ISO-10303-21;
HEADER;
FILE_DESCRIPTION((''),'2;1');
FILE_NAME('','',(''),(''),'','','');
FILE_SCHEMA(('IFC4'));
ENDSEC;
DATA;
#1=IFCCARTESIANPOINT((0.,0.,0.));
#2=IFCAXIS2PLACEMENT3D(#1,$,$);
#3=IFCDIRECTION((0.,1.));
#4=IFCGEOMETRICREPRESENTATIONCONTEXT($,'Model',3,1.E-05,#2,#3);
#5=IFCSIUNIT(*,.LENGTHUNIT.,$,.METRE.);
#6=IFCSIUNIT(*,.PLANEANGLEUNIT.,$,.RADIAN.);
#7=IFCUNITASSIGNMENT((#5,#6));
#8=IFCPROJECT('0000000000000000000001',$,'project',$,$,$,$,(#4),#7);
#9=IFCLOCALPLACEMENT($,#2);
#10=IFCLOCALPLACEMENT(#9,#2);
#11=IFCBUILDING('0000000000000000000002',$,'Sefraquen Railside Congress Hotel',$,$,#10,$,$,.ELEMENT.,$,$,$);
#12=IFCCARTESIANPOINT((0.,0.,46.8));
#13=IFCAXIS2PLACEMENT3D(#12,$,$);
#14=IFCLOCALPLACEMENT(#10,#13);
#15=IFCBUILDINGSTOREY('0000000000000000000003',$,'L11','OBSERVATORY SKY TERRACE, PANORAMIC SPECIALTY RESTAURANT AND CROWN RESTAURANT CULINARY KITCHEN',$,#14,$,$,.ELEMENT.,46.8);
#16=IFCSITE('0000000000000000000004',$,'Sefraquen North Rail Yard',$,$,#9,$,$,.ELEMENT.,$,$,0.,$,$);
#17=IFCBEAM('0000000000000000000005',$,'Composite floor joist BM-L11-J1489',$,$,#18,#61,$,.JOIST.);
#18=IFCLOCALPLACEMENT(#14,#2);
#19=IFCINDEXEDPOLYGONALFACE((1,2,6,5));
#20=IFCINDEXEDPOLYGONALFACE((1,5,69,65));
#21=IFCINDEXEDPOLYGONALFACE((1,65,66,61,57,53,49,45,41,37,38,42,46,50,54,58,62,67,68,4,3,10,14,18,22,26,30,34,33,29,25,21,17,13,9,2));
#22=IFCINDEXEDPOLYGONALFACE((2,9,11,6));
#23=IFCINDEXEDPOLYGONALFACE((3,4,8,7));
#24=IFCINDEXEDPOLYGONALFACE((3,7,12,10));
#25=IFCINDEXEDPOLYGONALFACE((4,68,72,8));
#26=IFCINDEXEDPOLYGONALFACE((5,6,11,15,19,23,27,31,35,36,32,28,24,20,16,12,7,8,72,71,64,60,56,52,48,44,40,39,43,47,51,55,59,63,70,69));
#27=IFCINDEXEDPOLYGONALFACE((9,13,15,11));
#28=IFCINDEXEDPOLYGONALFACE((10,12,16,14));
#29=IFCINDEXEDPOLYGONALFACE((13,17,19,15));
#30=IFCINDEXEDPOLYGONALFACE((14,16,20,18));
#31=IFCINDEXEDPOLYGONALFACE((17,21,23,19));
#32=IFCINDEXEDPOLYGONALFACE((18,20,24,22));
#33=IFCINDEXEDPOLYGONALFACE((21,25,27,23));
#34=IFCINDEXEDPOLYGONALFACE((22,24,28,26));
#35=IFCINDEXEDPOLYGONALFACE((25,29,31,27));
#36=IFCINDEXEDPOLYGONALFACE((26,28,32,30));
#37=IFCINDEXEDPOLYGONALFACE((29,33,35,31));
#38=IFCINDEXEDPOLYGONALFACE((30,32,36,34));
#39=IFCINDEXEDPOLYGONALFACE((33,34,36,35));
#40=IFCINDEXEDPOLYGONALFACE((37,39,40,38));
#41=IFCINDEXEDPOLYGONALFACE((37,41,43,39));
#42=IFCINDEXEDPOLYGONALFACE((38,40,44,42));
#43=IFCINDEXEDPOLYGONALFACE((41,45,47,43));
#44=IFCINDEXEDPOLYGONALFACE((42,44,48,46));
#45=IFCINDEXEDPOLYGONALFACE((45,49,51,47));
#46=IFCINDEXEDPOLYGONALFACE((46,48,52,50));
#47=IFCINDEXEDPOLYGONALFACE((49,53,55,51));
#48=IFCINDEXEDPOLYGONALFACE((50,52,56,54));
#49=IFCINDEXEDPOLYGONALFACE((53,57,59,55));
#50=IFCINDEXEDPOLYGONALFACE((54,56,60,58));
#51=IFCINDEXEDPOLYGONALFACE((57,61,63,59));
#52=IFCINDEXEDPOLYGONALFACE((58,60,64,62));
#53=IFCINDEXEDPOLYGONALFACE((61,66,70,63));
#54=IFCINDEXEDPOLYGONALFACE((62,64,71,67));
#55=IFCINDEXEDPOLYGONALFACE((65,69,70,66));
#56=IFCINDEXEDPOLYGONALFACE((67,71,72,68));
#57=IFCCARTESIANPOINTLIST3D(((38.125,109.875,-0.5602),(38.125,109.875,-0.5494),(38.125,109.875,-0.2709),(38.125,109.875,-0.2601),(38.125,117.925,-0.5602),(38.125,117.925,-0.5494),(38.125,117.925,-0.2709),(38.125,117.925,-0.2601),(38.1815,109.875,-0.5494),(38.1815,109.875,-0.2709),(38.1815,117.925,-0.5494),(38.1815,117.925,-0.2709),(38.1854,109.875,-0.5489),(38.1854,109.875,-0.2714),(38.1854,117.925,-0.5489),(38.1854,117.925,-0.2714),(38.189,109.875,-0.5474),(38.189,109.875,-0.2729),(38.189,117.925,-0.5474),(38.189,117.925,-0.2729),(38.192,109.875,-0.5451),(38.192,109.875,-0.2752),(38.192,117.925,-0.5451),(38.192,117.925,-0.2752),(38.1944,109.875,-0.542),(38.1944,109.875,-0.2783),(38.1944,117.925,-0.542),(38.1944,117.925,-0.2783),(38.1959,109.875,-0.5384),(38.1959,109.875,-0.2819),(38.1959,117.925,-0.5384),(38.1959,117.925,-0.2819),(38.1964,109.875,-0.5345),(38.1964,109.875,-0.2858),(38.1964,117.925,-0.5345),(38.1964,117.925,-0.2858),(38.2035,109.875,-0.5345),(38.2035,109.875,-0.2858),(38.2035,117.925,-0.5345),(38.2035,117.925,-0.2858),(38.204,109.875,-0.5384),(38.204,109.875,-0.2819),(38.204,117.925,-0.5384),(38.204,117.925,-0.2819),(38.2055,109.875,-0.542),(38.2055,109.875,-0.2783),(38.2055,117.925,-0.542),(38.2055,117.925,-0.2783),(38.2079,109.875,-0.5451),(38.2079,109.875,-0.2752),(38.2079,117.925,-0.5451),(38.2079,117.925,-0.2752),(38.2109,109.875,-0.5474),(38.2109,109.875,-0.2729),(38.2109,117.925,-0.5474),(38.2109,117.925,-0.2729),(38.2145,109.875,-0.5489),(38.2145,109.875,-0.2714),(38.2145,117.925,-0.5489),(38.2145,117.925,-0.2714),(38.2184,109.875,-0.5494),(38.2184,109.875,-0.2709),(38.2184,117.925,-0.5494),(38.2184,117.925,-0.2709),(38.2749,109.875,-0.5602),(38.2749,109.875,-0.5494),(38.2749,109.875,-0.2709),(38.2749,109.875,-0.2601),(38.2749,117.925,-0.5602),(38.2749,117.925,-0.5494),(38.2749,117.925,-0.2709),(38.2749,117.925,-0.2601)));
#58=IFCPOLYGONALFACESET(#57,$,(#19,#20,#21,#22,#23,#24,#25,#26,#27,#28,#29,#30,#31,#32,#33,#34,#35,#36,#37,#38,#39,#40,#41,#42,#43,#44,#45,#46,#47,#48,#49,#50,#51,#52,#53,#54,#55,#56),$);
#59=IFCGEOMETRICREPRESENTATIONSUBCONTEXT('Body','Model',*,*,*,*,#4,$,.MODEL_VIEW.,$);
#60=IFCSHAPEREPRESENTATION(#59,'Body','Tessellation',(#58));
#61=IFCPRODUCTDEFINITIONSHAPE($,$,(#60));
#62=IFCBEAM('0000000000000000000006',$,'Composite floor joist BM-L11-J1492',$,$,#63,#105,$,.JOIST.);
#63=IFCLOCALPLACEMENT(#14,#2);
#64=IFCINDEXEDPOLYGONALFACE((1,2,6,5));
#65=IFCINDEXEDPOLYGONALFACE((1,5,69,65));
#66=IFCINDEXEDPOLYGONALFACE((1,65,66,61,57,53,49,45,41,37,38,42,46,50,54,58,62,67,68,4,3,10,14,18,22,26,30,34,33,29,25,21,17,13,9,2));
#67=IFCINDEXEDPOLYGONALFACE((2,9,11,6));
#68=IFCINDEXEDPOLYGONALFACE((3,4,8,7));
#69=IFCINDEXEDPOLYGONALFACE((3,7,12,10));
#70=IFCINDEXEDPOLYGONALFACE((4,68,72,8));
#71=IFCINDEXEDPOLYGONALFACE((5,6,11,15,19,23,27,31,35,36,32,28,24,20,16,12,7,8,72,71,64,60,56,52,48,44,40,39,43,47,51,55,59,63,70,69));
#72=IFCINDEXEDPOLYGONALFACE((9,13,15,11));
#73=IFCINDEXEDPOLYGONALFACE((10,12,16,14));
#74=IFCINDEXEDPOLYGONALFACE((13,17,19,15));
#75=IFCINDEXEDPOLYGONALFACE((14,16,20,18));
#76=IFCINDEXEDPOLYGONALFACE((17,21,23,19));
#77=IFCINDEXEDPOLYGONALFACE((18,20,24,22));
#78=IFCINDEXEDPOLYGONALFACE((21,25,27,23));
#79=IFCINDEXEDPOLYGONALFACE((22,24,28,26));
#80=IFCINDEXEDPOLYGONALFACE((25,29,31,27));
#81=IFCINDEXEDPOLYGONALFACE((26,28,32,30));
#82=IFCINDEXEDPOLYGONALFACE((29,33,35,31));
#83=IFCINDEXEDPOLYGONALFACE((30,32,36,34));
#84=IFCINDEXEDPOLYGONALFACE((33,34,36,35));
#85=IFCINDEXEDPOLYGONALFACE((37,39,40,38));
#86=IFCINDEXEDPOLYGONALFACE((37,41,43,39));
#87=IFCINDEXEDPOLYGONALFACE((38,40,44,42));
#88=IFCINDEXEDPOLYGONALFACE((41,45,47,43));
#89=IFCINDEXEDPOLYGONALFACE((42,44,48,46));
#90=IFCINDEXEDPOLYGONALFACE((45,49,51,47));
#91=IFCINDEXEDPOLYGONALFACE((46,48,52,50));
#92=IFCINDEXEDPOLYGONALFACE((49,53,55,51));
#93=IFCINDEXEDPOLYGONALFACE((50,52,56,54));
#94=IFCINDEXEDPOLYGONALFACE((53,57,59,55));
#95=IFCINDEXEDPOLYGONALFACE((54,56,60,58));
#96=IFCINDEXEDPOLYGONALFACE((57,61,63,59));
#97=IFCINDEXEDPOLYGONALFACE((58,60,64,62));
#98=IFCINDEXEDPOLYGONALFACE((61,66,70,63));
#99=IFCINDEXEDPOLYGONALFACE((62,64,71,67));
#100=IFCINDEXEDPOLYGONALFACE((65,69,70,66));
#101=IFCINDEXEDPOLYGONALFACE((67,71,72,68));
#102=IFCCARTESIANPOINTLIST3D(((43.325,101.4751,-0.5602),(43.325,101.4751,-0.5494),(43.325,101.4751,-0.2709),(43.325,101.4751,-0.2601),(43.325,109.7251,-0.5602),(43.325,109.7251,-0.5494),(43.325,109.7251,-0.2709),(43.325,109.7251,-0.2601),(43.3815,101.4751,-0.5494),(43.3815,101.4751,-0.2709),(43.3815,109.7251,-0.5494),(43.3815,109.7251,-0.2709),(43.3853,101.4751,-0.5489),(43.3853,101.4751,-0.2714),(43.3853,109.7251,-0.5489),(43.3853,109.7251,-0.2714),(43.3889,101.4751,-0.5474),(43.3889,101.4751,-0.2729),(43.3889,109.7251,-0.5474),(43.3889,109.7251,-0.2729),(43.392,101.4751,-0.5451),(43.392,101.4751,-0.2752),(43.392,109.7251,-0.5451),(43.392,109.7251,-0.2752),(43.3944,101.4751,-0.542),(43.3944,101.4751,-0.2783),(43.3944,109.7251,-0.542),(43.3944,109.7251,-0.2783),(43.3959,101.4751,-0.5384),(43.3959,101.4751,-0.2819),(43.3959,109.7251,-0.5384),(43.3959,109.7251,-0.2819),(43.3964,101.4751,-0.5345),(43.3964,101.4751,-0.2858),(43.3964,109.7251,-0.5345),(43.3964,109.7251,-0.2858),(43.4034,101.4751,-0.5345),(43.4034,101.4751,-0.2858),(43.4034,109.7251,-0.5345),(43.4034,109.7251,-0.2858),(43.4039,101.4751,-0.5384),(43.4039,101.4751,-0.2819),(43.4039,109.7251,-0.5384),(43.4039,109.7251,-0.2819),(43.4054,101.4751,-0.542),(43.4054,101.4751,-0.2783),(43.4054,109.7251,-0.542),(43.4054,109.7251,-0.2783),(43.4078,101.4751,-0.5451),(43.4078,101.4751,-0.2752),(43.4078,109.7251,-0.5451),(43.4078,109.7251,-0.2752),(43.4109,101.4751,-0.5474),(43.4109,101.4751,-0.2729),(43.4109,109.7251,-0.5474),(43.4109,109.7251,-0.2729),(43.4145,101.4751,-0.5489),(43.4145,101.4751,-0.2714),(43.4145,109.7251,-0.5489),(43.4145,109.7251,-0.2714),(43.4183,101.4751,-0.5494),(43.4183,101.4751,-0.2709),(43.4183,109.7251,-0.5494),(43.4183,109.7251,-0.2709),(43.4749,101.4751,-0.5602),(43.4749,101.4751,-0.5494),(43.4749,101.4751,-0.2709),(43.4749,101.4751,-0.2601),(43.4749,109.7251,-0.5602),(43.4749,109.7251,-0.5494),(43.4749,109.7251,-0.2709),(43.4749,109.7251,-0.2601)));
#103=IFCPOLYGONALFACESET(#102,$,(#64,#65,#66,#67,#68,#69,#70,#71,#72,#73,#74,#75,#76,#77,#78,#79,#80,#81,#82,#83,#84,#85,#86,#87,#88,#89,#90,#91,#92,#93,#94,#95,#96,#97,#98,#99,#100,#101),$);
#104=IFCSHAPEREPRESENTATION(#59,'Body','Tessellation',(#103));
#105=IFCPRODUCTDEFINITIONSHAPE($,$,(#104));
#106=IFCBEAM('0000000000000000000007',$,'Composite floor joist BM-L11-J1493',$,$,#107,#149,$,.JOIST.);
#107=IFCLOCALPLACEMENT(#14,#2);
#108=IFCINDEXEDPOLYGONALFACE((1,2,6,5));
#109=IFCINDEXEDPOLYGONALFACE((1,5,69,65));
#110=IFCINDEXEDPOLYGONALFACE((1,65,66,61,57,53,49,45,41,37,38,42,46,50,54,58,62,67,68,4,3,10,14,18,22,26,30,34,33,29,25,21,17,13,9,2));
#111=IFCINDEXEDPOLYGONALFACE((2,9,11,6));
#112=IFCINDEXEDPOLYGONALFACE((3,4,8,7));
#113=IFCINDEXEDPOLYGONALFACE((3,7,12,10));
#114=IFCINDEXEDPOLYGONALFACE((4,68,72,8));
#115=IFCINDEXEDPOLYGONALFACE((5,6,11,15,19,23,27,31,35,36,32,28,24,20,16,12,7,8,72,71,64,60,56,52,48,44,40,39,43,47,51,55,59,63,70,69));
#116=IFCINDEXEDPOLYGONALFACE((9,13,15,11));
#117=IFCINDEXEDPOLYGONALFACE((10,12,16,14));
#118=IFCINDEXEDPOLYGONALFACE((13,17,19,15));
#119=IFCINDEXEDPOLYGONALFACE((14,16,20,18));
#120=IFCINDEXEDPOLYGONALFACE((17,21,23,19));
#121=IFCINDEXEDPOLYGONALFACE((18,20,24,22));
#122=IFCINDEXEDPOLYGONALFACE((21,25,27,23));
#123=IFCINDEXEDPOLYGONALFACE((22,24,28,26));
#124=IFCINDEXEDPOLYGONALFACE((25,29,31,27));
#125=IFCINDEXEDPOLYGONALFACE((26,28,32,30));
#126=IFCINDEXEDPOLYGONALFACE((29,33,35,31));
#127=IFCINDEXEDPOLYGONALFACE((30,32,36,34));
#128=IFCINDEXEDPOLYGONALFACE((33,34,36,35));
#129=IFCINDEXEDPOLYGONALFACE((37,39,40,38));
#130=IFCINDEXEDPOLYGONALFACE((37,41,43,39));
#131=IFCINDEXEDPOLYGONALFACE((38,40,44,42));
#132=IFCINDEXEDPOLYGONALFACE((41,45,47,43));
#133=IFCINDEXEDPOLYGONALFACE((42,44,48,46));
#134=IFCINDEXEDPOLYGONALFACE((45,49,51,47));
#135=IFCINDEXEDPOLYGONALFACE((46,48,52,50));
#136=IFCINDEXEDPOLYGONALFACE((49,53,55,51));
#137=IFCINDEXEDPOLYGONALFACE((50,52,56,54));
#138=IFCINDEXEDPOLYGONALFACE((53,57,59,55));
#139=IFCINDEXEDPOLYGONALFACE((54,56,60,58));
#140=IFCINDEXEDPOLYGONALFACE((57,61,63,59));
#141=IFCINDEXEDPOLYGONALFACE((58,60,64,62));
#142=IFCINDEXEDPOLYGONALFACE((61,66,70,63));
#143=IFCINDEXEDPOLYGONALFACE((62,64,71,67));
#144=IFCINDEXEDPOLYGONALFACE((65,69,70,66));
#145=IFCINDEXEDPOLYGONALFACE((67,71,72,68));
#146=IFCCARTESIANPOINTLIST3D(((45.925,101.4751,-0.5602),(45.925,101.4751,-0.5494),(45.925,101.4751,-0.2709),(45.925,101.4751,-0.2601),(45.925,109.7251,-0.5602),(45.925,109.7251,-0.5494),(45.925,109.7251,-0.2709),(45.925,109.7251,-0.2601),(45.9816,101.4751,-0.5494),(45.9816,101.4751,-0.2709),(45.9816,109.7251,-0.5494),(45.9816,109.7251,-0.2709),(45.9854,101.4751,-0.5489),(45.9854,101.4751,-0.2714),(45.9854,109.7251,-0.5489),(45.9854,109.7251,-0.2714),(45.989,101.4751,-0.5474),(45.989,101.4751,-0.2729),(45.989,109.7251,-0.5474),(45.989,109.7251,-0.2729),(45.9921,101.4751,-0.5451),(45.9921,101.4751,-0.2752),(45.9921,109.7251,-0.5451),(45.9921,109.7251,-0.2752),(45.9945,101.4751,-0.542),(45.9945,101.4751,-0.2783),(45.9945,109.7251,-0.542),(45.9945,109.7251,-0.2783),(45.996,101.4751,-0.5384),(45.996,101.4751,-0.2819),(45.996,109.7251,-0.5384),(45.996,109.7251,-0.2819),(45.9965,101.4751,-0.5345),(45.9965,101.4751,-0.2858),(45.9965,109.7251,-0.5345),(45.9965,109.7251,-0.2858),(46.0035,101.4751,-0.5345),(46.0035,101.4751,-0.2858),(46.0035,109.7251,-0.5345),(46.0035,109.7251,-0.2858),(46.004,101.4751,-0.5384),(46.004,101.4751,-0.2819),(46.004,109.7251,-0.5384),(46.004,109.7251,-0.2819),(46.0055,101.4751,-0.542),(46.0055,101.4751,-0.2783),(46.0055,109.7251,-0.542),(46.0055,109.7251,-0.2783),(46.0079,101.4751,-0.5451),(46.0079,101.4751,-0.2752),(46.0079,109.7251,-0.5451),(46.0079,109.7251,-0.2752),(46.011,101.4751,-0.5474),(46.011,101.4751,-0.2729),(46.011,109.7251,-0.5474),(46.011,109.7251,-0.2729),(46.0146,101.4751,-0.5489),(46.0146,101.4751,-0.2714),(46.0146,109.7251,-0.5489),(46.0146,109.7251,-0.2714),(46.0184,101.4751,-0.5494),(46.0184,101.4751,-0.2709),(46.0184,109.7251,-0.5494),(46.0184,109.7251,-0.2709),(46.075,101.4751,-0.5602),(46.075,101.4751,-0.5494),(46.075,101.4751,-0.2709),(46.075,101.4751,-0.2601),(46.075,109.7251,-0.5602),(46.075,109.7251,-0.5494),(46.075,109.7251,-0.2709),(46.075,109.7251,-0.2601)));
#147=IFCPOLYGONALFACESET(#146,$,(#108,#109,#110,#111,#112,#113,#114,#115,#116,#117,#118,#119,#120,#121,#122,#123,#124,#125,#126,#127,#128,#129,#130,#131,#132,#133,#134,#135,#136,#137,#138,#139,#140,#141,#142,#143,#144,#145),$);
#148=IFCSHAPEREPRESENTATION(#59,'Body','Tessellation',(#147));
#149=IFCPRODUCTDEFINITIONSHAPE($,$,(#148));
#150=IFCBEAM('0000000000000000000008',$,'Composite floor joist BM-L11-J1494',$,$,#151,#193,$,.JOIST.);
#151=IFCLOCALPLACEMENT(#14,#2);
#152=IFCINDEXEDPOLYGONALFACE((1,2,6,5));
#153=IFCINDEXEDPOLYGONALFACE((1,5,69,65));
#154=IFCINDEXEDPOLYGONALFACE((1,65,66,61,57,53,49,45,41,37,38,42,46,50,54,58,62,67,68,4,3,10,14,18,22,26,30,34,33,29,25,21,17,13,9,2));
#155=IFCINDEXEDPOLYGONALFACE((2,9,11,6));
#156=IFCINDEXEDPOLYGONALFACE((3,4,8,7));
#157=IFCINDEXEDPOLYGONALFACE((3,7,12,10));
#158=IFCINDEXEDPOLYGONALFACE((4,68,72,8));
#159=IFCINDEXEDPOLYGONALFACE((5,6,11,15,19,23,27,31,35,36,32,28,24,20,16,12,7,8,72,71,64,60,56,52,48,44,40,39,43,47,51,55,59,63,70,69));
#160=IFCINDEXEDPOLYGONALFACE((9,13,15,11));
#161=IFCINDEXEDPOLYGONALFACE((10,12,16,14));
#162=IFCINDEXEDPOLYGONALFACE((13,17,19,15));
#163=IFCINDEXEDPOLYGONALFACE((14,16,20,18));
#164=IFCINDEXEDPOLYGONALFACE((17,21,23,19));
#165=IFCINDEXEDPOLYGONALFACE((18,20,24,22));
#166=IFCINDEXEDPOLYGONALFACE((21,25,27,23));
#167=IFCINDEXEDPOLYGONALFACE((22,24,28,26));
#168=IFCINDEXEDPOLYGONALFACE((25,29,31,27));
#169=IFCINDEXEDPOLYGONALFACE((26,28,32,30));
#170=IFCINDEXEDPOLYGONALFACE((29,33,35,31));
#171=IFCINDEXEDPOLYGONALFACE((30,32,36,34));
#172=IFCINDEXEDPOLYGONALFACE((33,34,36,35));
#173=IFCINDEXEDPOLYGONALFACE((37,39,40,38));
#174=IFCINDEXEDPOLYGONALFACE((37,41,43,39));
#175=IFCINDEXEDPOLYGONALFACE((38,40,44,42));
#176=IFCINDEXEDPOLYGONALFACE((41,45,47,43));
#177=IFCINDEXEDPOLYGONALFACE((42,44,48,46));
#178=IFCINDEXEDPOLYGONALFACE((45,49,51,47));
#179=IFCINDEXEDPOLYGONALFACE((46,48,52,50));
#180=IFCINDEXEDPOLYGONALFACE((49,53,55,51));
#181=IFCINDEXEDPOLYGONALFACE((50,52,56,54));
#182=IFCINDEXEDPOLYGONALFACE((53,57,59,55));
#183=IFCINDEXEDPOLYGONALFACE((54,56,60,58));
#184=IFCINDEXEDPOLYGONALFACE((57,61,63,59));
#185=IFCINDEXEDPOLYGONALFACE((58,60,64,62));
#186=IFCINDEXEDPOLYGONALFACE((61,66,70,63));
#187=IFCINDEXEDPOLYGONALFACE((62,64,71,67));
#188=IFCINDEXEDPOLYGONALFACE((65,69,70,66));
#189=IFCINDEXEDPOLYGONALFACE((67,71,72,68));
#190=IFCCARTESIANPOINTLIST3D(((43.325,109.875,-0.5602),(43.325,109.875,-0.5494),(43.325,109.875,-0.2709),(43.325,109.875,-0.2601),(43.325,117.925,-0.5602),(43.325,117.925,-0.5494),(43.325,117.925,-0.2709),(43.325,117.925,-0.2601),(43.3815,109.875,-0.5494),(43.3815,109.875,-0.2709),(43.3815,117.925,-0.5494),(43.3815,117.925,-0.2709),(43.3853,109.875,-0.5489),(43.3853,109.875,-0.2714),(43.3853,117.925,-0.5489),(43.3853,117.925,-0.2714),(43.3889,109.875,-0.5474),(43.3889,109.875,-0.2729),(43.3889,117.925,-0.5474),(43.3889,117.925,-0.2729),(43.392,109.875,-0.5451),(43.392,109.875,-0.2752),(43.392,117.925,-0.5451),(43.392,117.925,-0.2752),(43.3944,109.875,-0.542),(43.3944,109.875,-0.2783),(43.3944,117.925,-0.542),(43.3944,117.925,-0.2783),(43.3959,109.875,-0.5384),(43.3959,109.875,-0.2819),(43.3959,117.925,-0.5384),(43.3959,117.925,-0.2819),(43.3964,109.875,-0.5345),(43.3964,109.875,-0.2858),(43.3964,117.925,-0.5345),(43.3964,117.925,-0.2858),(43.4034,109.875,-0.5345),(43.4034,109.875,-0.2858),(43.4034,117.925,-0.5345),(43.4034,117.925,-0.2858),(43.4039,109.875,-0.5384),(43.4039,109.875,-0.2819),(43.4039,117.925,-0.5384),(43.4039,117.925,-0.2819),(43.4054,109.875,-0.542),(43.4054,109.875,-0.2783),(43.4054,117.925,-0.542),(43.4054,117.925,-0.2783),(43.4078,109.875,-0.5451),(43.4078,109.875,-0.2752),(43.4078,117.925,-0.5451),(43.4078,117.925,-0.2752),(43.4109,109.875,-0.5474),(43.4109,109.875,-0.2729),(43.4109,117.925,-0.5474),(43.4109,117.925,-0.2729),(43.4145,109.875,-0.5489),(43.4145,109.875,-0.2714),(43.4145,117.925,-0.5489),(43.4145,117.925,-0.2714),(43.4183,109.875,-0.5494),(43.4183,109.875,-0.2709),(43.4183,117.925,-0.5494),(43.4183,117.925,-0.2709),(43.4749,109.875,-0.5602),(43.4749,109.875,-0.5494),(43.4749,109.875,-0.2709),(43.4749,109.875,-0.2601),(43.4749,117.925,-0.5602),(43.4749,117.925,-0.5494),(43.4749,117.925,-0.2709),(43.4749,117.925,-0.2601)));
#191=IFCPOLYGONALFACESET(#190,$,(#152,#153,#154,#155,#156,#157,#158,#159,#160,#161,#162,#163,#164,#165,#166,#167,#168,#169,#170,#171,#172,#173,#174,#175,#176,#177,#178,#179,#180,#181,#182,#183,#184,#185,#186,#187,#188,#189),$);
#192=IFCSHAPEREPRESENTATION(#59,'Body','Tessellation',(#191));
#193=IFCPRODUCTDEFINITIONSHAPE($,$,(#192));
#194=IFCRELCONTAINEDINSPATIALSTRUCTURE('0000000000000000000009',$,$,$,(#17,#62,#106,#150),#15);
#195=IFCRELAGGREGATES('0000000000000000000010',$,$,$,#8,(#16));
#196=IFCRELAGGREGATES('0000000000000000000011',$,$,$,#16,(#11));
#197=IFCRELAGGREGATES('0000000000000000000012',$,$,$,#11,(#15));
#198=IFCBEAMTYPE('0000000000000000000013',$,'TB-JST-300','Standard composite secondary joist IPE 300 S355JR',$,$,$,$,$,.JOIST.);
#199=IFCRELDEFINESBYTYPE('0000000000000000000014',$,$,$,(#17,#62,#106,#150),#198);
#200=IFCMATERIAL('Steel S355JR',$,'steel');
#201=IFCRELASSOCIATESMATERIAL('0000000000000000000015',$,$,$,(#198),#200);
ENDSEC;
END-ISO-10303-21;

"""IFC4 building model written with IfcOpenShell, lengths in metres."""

from ifc_helpers import new_model, si_unit, direction, frame, origin, origin_2d, place, context, subcontext, project, spatial, i_section, extrude, material, material_profile, profile_set, type_object, element, save


model = new_model("IFC4")

# Units and contexts
model_context = context("Model", 3, precision=1e-05, world=origin(), true_north=direction((0.0, 1.0)))
body_context = subcontext(model_context, "Body", "Model", "MODEL_VIEW")
ifc_project = project(units=[si_unit("LENGTHUNIT", "METRE"), si_unit("PLANEANGLEUNIT", "RADIAN")], contexts=[model_context])

# Site, building, storey
site_placement = place(None, origin())
site = spatial("IfcSite", under=ifc_project, at=site_placement, Name="Sefraquen North Rail Yard", CompositionType="ELEMENT", RefElevation=0.0)
building_placement = place(site_placement, origin())
building = spatial("IfcBuilding", under=site, at=building_placement, Name="Sefraquen Railside Congress Hotel", CompositionType="ELEMENT")
storey_placement = place(building_placement, frame((0.0, 0.0, 46.8)))
storey = spatial("IfcBuildingStorey", under=building, at=storey_placement, Name="L11", Description="OBSERVATORY SKY TERRACE, PANORAMIC SPECIALTY RESTAURANT AND CROWN RESTAURANT CULINARY KITCHEN", CompositionType="ELEMENT", Elevation=46.8)

# Shared definitions
ifc_material_1 = material(Name="Steel S355JR", Category="steel")

# Beams
ifc_material_profile_1 = material_profile(ifc_material_1, i_section(OverallWidth=0.1499, OverallDepth=0.3, WebThickness=0.0071, FlangeThickness=0.0107, FilletRadius=0.0149, at=origin_2d()), Name="IPE 300")
ifc_profile_set_1 = profile_set([ifc_material_profile_1], Name="Steel S355JR")
beam_type_1 = type_object("IfcBeamType", Name="TB-JST-300", Description="Standard composite secondary joist IPE 300 S355JR", PredefinedType="JOIST", material=ifc_profile_set_1)
for number, where, z_axis, x_axis, name in (
    (1, (38.2, 109.875, -0.4102), (0.0, 1.0, 0.0), (-1.0, 0.0, 0.0), "Composite floor joist BM-L11-J1489"),
):
    element("IfcBeam", number, at=place(storey_placement, frame(where, z_axis=z_axis, x_axis=x_axis)), inside=storey, type_object=beam_type_1, Name=name, PredefinedType="JOIST", context=body_context, shape_type="SweptSolid", body=[
        extrude(i_section(OverallWidth=0.1499, OverallDepth=0.3, WebThickness=0.0071, FlangeThickness=0.0107, FilletRadius=0.0149, at=origin_2d()), origin(), (0.0, 0.0, 1.0), 8.05),
    ])
for number, where, z_axis, x_axis, name in (
    (2, (43.3999, 101.4751, -0.4102), (0.0, 1.0, 0.0), (-1.0, 0.0, 0.0), "Composite floor joist BM-L11-J1492"),
    (3, (46.0, 101.4751, -0.4102), (0.0, 1.0, 0.0), (-1.0, 0.0, 0.0), "Composite floor joist BM-L11-J1493"),
):
    element("IfcBeam", number, at=place(storey_placement, frame(where, z_axis=z_axis, x_axis=x_axis)), inside=storey, type_object=beam_type_1, Name=name, PredefinedType="JOIST", context=body_context, shape_type="SweptSolid", body=[
        extrude(i_section(OverallWidth=0.1499, OverallDepth=0.3, WebThickness=0.0071, FlangeThickness=0.0107, FilletRadius=0.0149, at=origin_2d()), origin(), (0.0, 0.0, 1.0), 8.25),
    ])
for number, where, z_axis, x_axis, name in (
    (4, (43.3999, 109.875, -0.4102), (0.0, 1.0, 0.0), (-1.0, 0.0, 0.0), "Composite floor joist BM-L11-J1494"),
):
    element("IfcBeam", number, at=place(storey_placement, frame(where, z_axis=z_axis, x_axis=x_axis)), inside=storey, type_object=beam_type_1, Name=name, PredefinedType="JOIST", context=body_context, shape_type="SweptSolid", body=[
        extrude(i_section(OverallWidth=0.1499, OverallDepth=0.3, WebThickness=0.0071, FlangeThickness=0.0107, FilletRadius=0.0149, at=origin_2d()), origin(), (0.0, 0.0, 1.0), 8.05),
    ])

save(model, "model.ifc")
